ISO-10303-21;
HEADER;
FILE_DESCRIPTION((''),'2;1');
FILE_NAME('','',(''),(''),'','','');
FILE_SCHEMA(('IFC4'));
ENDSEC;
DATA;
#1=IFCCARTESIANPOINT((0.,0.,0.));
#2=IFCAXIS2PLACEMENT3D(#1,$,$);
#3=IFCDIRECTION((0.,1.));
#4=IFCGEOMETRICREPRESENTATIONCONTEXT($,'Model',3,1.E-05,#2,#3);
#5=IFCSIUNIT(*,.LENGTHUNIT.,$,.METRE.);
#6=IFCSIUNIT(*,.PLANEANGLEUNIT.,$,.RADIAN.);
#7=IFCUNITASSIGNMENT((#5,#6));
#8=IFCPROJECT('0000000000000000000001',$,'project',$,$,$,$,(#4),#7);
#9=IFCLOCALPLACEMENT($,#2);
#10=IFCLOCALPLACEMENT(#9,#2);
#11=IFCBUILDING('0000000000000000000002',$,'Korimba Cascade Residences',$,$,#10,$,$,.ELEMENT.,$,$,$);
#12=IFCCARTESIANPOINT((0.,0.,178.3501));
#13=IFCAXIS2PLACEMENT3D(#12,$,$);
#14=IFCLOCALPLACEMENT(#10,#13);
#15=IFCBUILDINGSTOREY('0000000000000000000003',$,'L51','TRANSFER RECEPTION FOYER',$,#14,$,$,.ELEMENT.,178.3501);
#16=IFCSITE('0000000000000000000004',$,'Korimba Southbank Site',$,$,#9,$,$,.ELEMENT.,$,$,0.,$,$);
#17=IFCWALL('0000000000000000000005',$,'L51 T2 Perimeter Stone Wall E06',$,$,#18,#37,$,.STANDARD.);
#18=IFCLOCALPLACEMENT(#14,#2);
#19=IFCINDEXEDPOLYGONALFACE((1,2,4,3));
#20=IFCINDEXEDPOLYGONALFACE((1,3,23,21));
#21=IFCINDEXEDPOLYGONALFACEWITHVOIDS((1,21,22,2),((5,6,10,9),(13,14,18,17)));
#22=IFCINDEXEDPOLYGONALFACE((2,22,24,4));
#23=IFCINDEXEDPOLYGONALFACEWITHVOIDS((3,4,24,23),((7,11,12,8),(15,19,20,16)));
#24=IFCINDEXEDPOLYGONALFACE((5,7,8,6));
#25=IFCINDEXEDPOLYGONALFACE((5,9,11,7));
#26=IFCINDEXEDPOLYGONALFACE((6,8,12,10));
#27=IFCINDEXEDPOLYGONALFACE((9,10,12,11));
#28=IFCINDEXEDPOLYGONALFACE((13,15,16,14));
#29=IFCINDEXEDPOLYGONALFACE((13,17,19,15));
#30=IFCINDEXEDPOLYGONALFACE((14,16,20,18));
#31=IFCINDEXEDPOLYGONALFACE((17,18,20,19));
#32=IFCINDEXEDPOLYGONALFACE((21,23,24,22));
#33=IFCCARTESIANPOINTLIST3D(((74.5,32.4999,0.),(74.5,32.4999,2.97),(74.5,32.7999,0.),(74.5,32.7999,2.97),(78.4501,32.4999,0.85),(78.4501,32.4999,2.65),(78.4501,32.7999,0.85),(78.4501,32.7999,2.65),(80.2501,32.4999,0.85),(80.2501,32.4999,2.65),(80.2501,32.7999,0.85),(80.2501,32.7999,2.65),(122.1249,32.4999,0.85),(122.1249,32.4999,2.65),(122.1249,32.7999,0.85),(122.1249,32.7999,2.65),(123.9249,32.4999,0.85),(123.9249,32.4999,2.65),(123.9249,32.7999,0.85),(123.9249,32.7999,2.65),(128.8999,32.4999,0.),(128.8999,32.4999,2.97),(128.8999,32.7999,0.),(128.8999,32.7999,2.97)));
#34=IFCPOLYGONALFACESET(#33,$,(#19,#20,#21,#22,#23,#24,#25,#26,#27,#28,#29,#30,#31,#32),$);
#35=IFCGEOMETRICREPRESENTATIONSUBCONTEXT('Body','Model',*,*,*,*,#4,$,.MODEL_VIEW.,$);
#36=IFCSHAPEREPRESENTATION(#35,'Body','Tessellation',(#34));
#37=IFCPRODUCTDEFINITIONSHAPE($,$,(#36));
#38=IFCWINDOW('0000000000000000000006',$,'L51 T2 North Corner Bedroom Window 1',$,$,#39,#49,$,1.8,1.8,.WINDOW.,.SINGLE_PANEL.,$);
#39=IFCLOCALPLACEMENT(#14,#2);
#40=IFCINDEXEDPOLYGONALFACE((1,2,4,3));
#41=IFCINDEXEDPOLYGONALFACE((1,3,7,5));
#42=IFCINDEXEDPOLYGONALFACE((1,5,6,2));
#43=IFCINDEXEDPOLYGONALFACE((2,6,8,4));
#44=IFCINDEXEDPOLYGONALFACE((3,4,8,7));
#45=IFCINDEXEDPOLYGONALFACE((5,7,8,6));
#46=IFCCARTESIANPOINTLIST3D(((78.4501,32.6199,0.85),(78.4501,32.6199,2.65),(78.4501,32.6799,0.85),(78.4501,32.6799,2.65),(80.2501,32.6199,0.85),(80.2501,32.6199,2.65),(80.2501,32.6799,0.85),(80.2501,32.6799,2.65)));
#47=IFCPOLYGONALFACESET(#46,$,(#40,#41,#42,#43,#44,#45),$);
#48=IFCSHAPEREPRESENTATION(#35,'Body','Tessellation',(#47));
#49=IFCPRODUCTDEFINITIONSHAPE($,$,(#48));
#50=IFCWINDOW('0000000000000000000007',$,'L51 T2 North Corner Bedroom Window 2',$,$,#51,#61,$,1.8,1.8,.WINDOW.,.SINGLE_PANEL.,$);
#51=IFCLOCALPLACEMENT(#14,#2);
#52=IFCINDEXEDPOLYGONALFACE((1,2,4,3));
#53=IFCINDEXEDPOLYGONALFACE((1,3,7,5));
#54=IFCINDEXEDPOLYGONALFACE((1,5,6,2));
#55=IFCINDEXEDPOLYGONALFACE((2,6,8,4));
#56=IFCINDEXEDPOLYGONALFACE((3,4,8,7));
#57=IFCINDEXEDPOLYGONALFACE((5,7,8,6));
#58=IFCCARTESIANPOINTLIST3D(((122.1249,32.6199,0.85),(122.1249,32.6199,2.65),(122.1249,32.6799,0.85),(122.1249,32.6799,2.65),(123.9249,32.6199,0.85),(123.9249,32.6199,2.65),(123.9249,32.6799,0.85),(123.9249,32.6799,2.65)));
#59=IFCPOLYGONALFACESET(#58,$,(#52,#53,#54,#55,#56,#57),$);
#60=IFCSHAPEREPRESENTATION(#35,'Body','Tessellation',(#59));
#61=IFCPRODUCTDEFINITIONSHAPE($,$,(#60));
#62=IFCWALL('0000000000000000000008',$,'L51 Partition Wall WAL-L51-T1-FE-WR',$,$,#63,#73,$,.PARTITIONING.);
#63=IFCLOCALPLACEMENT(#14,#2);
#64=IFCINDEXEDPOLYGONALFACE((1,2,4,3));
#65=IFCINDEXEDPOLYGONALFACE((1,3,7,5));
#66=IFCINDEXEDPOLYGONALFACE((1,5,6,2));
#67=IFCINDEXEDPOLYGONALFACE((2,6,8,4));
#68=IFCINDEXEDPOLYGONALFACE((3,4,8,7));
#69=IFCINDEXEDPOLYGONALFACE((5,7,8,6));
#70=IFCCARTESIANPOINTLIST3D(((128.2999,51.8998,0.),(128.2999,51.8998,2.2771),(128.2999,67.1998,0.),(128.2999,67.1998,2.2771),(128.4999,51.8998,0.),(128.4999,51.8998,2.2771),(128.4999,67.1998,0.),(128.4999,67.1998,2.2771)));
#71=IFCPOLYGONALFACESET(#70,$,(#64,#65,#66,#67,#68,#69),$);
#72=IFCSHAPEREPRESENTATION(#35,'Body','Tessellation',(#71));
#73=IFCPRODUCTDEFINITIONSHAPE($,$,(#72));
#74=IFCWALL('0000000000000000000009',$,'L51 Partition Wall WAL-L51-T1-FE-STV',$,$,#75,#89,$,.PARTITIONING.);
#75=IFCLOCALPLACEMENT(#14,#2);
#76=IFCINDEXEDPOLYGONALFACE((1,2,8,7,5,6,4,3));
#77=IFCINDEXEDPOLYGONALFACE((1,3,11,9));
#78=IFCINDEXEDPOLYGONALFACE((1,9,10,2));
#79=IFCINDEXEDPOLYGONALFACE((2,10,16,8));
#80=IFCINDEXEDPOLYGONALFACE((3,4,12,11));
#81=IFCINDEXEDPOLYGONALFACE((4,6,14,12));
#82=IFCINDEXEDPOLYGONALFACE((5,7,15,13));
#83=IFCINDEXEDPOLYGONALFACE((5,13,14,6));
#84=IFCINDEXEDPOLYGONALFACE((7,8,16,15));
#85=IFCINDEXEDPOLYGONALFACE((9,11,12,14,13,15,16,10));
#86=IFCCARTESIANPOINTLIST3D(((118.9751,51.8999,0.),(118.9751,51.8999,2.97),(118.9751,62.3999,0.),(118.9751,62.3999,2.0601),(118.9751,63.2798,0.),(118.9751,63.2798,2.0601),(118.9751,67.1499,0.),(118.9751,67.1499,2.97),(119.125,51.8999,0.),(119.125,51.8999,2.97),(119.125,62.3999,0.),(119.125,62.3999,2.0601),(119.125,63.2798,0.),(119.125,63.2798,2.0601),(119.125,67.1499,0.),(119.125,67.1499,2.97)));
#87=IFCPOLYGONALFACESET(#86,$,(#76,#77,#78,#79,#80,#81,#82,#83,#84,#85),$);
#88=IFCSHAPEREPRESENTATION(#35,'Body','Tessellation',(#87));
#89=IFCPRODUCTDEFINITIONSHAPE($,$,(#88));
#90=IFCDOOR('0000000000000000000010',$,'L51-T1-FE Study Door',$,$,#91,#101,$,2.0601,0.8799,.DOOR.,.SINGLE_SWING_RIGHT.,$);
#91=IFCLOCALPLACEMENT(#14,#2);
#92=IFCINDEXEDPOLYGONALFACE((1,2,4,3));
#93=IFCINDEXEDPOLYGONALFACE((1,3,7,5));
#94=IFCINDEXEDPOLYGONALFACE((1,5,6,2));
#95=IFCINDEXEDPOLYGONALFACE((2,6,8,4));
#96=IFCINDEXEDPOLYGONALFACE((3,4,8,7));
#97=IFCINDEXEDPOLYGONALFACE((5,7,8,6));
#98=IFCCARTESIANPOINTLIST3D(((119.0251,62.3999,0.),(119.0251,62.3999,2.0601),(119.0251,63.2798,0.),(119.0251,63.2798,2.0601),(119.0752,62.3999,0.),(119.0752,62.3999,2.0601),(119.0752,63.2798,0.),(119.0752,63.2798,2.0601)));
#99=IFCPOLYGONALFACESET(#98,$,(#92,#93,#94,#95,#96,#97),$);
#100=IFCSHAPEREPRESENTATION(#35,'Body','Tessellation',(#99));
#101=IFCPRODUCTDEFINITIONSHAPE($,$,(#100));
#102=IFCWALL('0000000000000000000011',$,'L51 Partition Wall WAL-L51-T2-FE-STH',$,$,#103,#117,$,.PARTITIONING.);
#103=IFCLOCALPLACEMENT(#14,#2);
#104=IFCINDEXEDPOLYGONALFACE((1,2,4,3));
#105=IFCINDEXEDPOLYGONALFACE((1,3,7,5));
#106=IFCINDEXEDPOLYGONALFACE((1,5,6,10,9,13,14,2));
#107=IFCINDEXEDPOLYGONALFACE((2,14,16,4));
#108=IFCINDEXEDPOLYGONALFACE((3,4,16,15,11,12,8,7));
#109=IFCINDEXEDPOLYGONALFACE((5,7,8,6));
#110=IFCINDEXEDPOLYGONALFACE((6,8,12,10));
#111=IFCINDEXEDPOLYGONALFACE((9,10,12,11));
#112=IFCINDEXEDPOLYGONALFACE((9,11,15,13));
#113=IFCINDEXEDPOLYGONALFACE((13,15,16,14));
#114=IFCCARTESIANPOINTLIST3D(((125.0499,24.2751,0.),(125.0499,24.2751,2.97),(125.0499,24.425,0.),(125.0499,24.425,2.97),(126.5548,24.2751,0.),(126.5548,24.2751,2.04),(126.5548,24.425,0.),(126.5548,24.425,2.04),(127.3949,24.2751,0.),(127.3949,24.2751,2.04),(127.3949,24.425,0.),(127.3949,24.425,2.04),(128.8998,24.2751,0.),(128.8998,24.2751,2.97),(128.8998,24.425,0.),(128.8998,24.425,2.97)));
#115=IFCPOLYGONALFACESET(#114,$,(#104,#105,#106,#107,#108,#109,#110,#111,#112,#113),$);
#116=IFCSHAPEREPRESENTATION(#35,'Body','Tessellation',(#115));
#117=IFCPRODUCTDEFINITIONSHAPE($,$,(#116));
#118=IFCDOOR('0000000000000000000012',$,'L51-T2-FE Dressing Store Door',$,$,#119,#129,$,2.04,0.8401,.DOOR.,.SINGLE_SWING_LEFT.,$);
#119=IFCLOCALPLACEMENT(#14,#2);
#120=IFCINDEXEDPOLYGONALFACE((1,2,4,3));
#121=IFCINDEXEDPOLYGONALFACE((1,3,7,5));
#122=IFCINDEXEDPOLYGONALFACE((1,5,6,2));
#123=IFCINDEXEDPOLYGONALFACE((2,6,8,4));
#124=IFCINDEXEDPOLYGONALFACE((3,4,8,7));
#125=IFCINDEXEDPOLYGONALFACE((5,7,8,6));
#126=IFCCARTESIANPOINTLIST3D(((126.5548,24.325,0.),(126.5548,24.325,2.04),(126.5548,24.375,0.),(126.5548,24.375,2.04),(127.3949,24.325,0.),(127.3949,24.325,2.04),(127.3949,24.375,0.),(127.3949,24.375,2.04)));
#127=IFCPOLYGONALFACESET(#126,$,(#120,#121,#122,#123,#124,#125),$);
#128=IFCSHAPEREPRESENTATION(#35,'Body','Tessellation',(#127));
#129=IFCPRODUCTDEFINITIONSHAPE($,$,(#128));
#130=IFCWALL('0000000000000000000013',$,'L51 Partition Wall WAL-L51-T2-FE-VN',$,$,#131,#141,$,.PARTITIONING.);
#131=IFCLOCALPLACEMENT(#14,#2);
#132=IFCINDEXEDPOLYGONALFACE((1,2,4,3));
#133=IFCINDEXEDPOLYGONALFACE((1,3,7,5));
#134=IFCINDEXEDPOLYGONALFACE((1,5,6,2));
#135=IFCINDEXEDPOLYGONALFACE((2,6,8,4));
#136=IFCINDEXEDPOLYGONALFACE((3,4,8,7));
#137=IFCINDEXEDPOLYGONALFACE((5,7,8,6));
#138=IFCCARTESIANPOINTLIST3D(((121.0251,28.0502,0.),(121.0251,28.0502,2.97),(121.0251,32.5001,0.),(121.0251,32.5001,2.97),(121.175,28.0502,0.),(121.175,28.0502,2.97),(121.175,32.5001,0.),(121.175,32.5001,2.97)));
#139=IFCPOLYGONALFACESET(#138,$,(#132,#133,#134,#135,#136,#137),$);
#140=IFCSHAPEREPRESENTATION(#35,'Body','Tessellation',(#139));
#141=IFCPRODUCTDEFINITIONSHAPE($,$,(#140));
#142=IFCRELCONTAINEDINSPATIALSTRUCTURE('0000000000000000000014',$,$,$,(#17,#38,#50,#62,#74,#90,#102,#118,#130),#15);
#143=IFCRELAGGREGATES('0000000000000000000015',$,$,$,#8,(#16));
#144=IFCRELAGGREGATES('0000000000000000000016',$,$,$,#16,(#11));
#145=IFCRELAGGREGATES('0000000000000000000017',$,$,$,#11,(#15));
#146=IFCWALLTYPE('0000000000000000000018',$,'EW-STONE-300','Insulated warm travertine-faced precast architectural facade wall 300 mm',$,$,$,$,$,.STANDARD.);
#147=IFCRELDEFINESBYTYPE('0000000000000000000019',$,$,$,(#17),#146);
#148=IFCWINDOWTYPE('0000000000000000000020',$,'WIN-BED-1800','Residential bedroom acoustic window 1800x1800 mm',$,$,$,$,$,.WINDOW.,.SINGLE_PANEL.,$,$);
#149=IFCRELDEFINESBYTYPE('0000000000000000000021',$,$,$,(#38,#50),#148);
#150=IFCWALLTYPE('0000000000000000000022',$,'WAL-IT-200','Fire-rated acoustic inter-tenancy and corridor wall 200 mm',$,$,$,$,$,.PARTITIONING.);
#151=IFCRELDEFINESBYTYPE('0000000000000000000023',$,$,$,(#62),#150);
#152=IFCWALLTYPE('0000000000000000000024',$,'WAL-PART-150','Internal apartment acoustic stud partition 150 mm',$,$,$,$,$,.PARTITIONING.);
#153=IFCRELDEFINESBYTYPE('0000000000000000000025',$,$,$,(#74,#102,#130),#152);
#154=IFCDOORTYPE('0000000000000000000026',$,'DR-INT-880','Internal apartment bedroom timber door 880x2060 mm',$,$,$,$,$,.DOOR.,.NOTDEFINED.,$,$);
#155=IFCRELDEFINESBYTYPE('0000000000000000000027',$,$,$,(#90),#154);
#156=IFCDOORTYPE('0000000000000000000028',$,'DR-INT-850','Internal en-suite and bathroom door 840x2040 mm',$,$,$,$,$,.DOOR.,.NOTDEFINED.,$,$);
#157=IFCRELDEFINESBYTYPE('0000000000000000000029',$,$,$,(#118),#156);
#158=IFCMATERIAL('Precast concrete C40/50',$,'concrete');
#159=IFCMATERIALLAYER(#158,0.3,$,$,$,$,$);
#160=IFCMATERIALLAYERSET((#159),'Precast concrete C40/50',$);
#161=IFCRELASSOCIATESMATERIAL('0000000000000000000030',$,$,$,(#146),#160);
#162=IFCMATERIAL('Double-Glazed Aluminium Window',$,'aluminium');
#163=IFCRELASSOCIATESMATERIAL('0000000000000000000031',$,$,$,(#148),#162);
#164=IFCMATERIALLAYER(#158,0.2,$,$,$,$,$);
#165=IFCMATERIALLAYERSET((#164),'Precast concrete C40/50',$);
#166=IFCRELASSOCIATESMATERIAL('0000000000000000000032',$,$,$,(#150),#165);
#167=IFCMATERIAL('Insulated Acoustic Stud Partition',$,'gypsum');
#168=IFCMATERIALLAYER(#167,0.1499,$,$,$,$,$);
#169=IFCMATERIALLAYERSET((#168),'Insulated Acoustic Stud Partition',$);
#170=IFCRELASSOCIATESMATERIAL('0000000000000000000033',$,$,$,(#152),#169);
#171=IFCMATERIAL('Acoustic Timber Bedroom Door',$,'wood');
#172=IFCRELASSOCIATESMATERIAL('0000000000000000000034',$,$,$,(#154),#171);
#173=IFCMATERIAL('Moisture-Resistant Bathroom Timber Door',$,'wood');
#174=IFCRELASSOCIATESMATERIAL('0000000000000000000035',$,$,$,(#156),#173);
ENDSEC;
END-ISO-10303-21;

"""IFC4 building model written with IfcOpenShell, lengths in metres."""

from ifc_helpers import new_model, si_unit, direction, frame, frame_2d, origin, place, context, subcontext, project, spatial, rectangle, extrude, material, layer, layer_set, type_object, element, fill, save


model = new_model("IFC4")

# Units and contexts
model_context = context("Model", 3, precision=1e-05, world=origin(), true_north=direction((0.0, 1.0)))
body_context = subcontext(model_context, "Body", "Model", "MODEL_VIEW")
ifc_project = project(units=[si_unit("LENGTHUNIT", "METRE"), si_unit("PLANEANGLEUNIT", "RADIAN")], contexts=[model_context])

# Site, building, storey
site_placement = place(None, origin())
site = spatial("IfcSite", under=ifc_project, at=site_placement, Name="Korimba Southbank Site", CompositionType="ELEMENT", RefElevation=0.0)
building_placement = place(site_placement, origin())
building = spatial("IfcBuilding", under=site, at=building_placement, Name="Korimba Cascade Residences", CompositionType="ELEMENT")
storey_placement = place(building_placement, frame((0.0, 0.0, 178.3501)))
storey = spatial("IfcBuildingStorey", under=building, at=storey_placement, Name="L51", Description="TRANSFER RECEPTION FOYER", CompositionType="ELEMENT", Elevation=178.3501)

# Shared definitions
ifc_material_1 = material(Name="Precast concrete C40/50", Category="concrete")
ifc_layer_1 = layer(ifc_material_1, 0.3)
ifc_layer_set_1 = layer_set([ifc_layer_1], Name="Precast concrete C40/50")
wall_type_1 = type_object("IfcWallType", Name="EW-STONE-300", Description="Insulated warm travertine-faced precast architectural facade wall 300 mm", PredefinedType="STANDARD", material=ifc_layer_set_1)

# Wall, openings, windows
wall_1_placement = place(storey_placement, frame((128.8999, 32.6499, 0.0), z_axis=(0.0, 0.0, 1.0), x_axis=(-1.0, 0.0, 0.0)))
wall_1 = element("IfcWall", 1, at=wall_1_placement, inside=storey, type_object=wall_type_1, Name="L51 T2 Perimeter Stone Wall E06", PredefinedType="STANDARD", context=body_context, shape_type="SweptSolid", body=[
    extrude(rectangle(XDim=54.3999, YDim=0.3, at=frame_2d((27.2, 0.0))), origin(), (0.0, 0.0, 1.0), 2.97),
])
opening_1_placement = place(wall_1_placement, frame((48.6499, 0.0, 0.8501)))
opening_1 = element("IfcOpeningElement", 2, at=opening_1_placement, cuts=wall_1, PredefinedType="OPENING", context=body_context, shape_type="SweptSolid", body=[
    extrude(rectangle(XDim=1.8, YDim=1.8, at=frame_2d((0.8999, 0.8999))), frame((0.0, 0.1602, 0.0), z_axis=(0.0, -1.0, 0.0), x_axis=(1.0, 0.0, 0.0)), (0.0, 0.0, 1.0), 0.3201),
])
opening_2_placement = place(wall_1_placement, frame((4.9751, 0.0, 0.8501)))
opening_2 = element("IfcOpeningElement", 3, at=opening_2_placement, cuts=wall_1, PredefinedType="OPENING", context=body_context, shape_type="SweptSolid", body=[
    extrude(rectangle(XDim=1.8, YDim=1.8, at=frame_2d((0.8999, 0.8999))), frame((0.0, 0.1602, 0.0), z_axis=(0.0, -1.0, 0.0), x_axis=(1.0, 0.0, 0.0)), (0.0, 0.0, 1.0), 0.3201),
])
ifc_material_2 = material(Name="Double-Glazed Aluminium Window", Category="aluminium")
window_type = type_object("IfcWindowType", Name="WIN-BED-1800", Description="Residential bedroom acoustic window 1800x1800 mm", PartitioningType="SINGLE_PANEL", PredefinedType="WINDOW", material=ifc_material_2)
window_1_placement = place(opening_1_placement, origin())
window_1 = element("IfcWindow", 4, at=window_1_placement, inside=storey, type_object=window_type, Name="L51 T2 North Corner Bedroom Window 1", OverallHeight=1.8, OverallWidth=1.8, PartitioningType="SINGLE_PANEL", PredefinedType="WINDOW", context=body_context, shape_type="SweptSolid", body=[
    extrude(rectangle(XDim=1.8, YDim=1.8, at=frame_2d((0.8999, 0.8999))), frame((0.0, 0.03, 0.0), z_axis=(0.0, -1.0, 0.0), x_axis=(1.0, 0.0, 0.0)), (0.0, 0.0, 1.0), 0.0601),
])
fill(opening_1, window_1)
window_2_placement = place(opening_2_placement, origin())
window_2 = element("IfcWindow", 5, at=window_2_placement, inside=storey, type_object=window_type, Name="L51 T2 North Corner Bedroom Window 2", OverallHeight=1.8, OverallWidth=1.8, PartitioningType="SINGLE_PANEL", PredefinedType="WINDOW", context=body_context, shape_type="SweptSolid", body=[
    extrude(rectangle(XDim=1.8, YDim=1.8, at=frame_2d((0.8999, 0.8999))), frame((0.0, 0.03, 0.0), z_axis=(0.0, -1.0, 0.0), x_axis=(1.0, 0.0, 0.0)), (0.0, 0.0, 1.0), 0.0601),
])
fill(opening_2, window_2)

# Wall
ifc_layer_2 = layer(ifc_material_1, 0.2)
ifc_layer_set_2 = layer_set([ifc_layer_2], Name="Precast concrete C40/50")
wall_type_2 = type_object("IfcWallType", Name="WAL-IT-200", Description="Fire-rated acoustic inter-tenancy and corridor wall 200 mm", PredefinedType="PARTITIONING", material=ifc_layer_set_2)
wall_2_placement = place(storey_placement, frame((128.3999, 51.8999, 0.0), z_axis=(0.0, 0.0, 1.0), x_axis=(0.0, 1.0, 0.0)))
element("IfcWall", 6, at=wall_2_placement, inside=storey, type_object=wall_type_2, Name="L51 Partition Wall WAL-L51-T1-FE-WR", PredefinedType="PARTITIONING", context=body_context, shape_type="SweptSolid", body=[
    extrude(rectangle(XDim=15.3, YDim=0.2, at=frame_2d((7.6499, 0.0))), origin(), (0.0, 0.0, 1.0), 2.2771),
])

# Walls, openings, doors
ifc_material_3 = material(Name="Insulated Acoustic Stud Partition", Category="gypsum")
ifc_layer_3 = layer(ifc_material_3, 0.1499)
ifc_layer_set_3 = layer_set([ifc_layer_3], Name="Insulated Acoustic Stud Partition")
wall_type_3 = type_object("IfcWallType", Name="WAL-PART-150", Description="Internal apartment acoustic stud partition 150 mm", PredefinedType="PARTITIONING", material=ifc_layer_set_3)
wall_3_placement = place(storey_placement, frame((119.05, 51.8999, 0.0), z_axis=(0.0, 0.0, 1.0), x_axis=(0.0, 1.0, 0.0)))
wall_3 = element("IfcWall", 7, at=wall_3_placement, inside=storey, type_object=wall_type_3, Name="L51 Partition Wall WAL-L51-T1-FE-STV", PredefinedType="PARTITIONING", context=body_context, shape_type="SweptSolid", body=[
    extrude(rectangle(XDim=15.25, YDim=0.1499, at=frame_2d((7.625, 0.0))), origin(), (0.0, 0.0, 1.0), 2.97),
])
opening_3_placement = place(wall_3_placement, frame((10.5, 0.0, 0.0)))
opening_3 = element("IfcOpeningElement", 8, at=opening_3_placement, cuts=wall_3, PredefinedType="OPENING", context=body_context, shape_type="SweptSolid", body=[
    extrude(rectangle(XDim=0.8799, YDim=2.0601, at=frame_2d((0.4399, 1.03))), frame((0.0, 0.085, 0.0), z_axis=(0.0, -1.0, 0.0), x_axis=(1.0, 0.0, 0.0)), (0.0, 0.0, 1.0), 0.1699),
])
ifc_material_4 = material(Name="Acoustic Timber Bedroom Door", Category="wood")
door_type_1 = type_object("IfcDoorType", Name="DR-INT-880", Description="Internal apartment bedroom timber door 880x2060 mm", OperationType="NOTDEFINED", PredefinedType="DOOR", material=ifc_material_4)
door_1_placement = place(opening_3_placement, origin())
door_1 = element("IfcDoor", 9, at=door_1_placement, inside=storey, type_object=door_type_1, Name="L51-T1-FE Study Door", OperationType="SINGLE_SWING_RIGHT", OverallHeight=2.0601, OverallWidth=0.8799, PredefinedType="DOOR", context=body_context, shape_type="SweptSolid", body=[
    extrude(rectangle(XDim=0.8799, YDim=2.0601, at=frame_2d((0.4399, 1.03))), frame((0.0, 0.0249, 0.0), z_axis=(0.0, -1.0, 0.0), x_axis=(1.0, 0.0, 0.0)), (0.0, 0.0, 1.0), 0.05),
])
fill(opening_3, door_1)
wall_4_placement = place(storey_placement, frame((125.05, 24.3501, 0.0), z_axis=(0.0, 0.0, 1.0), x_axis=(1.0, 0.0, 0.0)))
wall_4 = element("IfcWall", 10, at=wall_4_placement, inside=storey, type_object=wall_type_3, Name="L51 Partition Wall WAL-L51-T2-FE-STH", PredefinedType="PARTITIONING", context=body_context, shape_type="SweptSolid", body=[
    extrude(rectangle(XDim=3.8499, YDim=0.1499, at=frame_2d((1.9248, 0.0))), origin(), (0.0, 0.0, 1.0), 2.97),
])
opening_4_placement = place(wall_4_placement, frame((1.5049, 0.0, 0.0)))
opening_4 = element("IfcOpeningElement", 11, at=opening_4_placement, cuts=wall_4, PredefinedType="OPENING", context=body_context, shape_type="SweptSolid", body=[
    extrude(rectangle(XDim=0.8401, YDim=2.04, at=frame_2d((0.4199, 1.02))), frame((0.0, 0.085, 0.0), z_axis=(0.0, -1.0, 0.0), x_axis=(1.0, 0.0, 0.0)), (0.0, 0.0, 1.0), 0.1699),
])
ifc_material_5 = material(Name="Moisture-Resistant Bathroom Timber Door", Category="wood")
door_type_2 = type_object("IfcDoorType", Name="DR-INT-850", Description="Internal en-suite and bathroom door 840x2040 mm", OperationType="NOTDEFINED", PredefinedType="DOOR", material=ifc_material_5)
door_2_placement = place(opening_4_placement, origin())
door_2 = element("IfcDoor", 12, at=door_2_placement, inside=storey, type_object=door_type_2, Name="L51-T2-FE Dressing Store Door", OperationType="SINGLE_SWING_LEFT", OverallHeight=2.04, OverallWidth=0.8401, PredefinedType="DOOR", context=body_context, shape_type="SweptSolid", body=[
    extrude(rectangle(XDim=0.8401, YDim=2.04, at=frame_2d((0.4199, 1.02))), frame((0.0, 0.0249, 0.0), z_axis=(0.0, -1.0, 0.0), x_axis=(1.0, 0.0, 0.0)), (0.0, 0.0, 1.0), 0.05),
])
fill(opening_4, door_2)

# Wall
wall_5_placement = place(storey_placement, frame((121.1001, 28.05, 0.0), z_axis=(0.0, 0.0, 1.0), x_axis=(0.0, 1.0, 0.0)))
element("IfcWall", 13, at=wall_5_placement, inside=storey, type_object=wall_type_3, Name="L51 Partition Wall WAL-L51-T2-FE-VN", PredefinedType="PARTITIONING", context=body_context, shape_type="SweptSolid", body=[
    extrude(rectangle(XDim=4.45, YDim=0.1499, at=frame_2d((2.2251, 0.0))), origin(), (0.0, 0.0, 1.0), 2.97),
])

save(model, "model.ifc")
